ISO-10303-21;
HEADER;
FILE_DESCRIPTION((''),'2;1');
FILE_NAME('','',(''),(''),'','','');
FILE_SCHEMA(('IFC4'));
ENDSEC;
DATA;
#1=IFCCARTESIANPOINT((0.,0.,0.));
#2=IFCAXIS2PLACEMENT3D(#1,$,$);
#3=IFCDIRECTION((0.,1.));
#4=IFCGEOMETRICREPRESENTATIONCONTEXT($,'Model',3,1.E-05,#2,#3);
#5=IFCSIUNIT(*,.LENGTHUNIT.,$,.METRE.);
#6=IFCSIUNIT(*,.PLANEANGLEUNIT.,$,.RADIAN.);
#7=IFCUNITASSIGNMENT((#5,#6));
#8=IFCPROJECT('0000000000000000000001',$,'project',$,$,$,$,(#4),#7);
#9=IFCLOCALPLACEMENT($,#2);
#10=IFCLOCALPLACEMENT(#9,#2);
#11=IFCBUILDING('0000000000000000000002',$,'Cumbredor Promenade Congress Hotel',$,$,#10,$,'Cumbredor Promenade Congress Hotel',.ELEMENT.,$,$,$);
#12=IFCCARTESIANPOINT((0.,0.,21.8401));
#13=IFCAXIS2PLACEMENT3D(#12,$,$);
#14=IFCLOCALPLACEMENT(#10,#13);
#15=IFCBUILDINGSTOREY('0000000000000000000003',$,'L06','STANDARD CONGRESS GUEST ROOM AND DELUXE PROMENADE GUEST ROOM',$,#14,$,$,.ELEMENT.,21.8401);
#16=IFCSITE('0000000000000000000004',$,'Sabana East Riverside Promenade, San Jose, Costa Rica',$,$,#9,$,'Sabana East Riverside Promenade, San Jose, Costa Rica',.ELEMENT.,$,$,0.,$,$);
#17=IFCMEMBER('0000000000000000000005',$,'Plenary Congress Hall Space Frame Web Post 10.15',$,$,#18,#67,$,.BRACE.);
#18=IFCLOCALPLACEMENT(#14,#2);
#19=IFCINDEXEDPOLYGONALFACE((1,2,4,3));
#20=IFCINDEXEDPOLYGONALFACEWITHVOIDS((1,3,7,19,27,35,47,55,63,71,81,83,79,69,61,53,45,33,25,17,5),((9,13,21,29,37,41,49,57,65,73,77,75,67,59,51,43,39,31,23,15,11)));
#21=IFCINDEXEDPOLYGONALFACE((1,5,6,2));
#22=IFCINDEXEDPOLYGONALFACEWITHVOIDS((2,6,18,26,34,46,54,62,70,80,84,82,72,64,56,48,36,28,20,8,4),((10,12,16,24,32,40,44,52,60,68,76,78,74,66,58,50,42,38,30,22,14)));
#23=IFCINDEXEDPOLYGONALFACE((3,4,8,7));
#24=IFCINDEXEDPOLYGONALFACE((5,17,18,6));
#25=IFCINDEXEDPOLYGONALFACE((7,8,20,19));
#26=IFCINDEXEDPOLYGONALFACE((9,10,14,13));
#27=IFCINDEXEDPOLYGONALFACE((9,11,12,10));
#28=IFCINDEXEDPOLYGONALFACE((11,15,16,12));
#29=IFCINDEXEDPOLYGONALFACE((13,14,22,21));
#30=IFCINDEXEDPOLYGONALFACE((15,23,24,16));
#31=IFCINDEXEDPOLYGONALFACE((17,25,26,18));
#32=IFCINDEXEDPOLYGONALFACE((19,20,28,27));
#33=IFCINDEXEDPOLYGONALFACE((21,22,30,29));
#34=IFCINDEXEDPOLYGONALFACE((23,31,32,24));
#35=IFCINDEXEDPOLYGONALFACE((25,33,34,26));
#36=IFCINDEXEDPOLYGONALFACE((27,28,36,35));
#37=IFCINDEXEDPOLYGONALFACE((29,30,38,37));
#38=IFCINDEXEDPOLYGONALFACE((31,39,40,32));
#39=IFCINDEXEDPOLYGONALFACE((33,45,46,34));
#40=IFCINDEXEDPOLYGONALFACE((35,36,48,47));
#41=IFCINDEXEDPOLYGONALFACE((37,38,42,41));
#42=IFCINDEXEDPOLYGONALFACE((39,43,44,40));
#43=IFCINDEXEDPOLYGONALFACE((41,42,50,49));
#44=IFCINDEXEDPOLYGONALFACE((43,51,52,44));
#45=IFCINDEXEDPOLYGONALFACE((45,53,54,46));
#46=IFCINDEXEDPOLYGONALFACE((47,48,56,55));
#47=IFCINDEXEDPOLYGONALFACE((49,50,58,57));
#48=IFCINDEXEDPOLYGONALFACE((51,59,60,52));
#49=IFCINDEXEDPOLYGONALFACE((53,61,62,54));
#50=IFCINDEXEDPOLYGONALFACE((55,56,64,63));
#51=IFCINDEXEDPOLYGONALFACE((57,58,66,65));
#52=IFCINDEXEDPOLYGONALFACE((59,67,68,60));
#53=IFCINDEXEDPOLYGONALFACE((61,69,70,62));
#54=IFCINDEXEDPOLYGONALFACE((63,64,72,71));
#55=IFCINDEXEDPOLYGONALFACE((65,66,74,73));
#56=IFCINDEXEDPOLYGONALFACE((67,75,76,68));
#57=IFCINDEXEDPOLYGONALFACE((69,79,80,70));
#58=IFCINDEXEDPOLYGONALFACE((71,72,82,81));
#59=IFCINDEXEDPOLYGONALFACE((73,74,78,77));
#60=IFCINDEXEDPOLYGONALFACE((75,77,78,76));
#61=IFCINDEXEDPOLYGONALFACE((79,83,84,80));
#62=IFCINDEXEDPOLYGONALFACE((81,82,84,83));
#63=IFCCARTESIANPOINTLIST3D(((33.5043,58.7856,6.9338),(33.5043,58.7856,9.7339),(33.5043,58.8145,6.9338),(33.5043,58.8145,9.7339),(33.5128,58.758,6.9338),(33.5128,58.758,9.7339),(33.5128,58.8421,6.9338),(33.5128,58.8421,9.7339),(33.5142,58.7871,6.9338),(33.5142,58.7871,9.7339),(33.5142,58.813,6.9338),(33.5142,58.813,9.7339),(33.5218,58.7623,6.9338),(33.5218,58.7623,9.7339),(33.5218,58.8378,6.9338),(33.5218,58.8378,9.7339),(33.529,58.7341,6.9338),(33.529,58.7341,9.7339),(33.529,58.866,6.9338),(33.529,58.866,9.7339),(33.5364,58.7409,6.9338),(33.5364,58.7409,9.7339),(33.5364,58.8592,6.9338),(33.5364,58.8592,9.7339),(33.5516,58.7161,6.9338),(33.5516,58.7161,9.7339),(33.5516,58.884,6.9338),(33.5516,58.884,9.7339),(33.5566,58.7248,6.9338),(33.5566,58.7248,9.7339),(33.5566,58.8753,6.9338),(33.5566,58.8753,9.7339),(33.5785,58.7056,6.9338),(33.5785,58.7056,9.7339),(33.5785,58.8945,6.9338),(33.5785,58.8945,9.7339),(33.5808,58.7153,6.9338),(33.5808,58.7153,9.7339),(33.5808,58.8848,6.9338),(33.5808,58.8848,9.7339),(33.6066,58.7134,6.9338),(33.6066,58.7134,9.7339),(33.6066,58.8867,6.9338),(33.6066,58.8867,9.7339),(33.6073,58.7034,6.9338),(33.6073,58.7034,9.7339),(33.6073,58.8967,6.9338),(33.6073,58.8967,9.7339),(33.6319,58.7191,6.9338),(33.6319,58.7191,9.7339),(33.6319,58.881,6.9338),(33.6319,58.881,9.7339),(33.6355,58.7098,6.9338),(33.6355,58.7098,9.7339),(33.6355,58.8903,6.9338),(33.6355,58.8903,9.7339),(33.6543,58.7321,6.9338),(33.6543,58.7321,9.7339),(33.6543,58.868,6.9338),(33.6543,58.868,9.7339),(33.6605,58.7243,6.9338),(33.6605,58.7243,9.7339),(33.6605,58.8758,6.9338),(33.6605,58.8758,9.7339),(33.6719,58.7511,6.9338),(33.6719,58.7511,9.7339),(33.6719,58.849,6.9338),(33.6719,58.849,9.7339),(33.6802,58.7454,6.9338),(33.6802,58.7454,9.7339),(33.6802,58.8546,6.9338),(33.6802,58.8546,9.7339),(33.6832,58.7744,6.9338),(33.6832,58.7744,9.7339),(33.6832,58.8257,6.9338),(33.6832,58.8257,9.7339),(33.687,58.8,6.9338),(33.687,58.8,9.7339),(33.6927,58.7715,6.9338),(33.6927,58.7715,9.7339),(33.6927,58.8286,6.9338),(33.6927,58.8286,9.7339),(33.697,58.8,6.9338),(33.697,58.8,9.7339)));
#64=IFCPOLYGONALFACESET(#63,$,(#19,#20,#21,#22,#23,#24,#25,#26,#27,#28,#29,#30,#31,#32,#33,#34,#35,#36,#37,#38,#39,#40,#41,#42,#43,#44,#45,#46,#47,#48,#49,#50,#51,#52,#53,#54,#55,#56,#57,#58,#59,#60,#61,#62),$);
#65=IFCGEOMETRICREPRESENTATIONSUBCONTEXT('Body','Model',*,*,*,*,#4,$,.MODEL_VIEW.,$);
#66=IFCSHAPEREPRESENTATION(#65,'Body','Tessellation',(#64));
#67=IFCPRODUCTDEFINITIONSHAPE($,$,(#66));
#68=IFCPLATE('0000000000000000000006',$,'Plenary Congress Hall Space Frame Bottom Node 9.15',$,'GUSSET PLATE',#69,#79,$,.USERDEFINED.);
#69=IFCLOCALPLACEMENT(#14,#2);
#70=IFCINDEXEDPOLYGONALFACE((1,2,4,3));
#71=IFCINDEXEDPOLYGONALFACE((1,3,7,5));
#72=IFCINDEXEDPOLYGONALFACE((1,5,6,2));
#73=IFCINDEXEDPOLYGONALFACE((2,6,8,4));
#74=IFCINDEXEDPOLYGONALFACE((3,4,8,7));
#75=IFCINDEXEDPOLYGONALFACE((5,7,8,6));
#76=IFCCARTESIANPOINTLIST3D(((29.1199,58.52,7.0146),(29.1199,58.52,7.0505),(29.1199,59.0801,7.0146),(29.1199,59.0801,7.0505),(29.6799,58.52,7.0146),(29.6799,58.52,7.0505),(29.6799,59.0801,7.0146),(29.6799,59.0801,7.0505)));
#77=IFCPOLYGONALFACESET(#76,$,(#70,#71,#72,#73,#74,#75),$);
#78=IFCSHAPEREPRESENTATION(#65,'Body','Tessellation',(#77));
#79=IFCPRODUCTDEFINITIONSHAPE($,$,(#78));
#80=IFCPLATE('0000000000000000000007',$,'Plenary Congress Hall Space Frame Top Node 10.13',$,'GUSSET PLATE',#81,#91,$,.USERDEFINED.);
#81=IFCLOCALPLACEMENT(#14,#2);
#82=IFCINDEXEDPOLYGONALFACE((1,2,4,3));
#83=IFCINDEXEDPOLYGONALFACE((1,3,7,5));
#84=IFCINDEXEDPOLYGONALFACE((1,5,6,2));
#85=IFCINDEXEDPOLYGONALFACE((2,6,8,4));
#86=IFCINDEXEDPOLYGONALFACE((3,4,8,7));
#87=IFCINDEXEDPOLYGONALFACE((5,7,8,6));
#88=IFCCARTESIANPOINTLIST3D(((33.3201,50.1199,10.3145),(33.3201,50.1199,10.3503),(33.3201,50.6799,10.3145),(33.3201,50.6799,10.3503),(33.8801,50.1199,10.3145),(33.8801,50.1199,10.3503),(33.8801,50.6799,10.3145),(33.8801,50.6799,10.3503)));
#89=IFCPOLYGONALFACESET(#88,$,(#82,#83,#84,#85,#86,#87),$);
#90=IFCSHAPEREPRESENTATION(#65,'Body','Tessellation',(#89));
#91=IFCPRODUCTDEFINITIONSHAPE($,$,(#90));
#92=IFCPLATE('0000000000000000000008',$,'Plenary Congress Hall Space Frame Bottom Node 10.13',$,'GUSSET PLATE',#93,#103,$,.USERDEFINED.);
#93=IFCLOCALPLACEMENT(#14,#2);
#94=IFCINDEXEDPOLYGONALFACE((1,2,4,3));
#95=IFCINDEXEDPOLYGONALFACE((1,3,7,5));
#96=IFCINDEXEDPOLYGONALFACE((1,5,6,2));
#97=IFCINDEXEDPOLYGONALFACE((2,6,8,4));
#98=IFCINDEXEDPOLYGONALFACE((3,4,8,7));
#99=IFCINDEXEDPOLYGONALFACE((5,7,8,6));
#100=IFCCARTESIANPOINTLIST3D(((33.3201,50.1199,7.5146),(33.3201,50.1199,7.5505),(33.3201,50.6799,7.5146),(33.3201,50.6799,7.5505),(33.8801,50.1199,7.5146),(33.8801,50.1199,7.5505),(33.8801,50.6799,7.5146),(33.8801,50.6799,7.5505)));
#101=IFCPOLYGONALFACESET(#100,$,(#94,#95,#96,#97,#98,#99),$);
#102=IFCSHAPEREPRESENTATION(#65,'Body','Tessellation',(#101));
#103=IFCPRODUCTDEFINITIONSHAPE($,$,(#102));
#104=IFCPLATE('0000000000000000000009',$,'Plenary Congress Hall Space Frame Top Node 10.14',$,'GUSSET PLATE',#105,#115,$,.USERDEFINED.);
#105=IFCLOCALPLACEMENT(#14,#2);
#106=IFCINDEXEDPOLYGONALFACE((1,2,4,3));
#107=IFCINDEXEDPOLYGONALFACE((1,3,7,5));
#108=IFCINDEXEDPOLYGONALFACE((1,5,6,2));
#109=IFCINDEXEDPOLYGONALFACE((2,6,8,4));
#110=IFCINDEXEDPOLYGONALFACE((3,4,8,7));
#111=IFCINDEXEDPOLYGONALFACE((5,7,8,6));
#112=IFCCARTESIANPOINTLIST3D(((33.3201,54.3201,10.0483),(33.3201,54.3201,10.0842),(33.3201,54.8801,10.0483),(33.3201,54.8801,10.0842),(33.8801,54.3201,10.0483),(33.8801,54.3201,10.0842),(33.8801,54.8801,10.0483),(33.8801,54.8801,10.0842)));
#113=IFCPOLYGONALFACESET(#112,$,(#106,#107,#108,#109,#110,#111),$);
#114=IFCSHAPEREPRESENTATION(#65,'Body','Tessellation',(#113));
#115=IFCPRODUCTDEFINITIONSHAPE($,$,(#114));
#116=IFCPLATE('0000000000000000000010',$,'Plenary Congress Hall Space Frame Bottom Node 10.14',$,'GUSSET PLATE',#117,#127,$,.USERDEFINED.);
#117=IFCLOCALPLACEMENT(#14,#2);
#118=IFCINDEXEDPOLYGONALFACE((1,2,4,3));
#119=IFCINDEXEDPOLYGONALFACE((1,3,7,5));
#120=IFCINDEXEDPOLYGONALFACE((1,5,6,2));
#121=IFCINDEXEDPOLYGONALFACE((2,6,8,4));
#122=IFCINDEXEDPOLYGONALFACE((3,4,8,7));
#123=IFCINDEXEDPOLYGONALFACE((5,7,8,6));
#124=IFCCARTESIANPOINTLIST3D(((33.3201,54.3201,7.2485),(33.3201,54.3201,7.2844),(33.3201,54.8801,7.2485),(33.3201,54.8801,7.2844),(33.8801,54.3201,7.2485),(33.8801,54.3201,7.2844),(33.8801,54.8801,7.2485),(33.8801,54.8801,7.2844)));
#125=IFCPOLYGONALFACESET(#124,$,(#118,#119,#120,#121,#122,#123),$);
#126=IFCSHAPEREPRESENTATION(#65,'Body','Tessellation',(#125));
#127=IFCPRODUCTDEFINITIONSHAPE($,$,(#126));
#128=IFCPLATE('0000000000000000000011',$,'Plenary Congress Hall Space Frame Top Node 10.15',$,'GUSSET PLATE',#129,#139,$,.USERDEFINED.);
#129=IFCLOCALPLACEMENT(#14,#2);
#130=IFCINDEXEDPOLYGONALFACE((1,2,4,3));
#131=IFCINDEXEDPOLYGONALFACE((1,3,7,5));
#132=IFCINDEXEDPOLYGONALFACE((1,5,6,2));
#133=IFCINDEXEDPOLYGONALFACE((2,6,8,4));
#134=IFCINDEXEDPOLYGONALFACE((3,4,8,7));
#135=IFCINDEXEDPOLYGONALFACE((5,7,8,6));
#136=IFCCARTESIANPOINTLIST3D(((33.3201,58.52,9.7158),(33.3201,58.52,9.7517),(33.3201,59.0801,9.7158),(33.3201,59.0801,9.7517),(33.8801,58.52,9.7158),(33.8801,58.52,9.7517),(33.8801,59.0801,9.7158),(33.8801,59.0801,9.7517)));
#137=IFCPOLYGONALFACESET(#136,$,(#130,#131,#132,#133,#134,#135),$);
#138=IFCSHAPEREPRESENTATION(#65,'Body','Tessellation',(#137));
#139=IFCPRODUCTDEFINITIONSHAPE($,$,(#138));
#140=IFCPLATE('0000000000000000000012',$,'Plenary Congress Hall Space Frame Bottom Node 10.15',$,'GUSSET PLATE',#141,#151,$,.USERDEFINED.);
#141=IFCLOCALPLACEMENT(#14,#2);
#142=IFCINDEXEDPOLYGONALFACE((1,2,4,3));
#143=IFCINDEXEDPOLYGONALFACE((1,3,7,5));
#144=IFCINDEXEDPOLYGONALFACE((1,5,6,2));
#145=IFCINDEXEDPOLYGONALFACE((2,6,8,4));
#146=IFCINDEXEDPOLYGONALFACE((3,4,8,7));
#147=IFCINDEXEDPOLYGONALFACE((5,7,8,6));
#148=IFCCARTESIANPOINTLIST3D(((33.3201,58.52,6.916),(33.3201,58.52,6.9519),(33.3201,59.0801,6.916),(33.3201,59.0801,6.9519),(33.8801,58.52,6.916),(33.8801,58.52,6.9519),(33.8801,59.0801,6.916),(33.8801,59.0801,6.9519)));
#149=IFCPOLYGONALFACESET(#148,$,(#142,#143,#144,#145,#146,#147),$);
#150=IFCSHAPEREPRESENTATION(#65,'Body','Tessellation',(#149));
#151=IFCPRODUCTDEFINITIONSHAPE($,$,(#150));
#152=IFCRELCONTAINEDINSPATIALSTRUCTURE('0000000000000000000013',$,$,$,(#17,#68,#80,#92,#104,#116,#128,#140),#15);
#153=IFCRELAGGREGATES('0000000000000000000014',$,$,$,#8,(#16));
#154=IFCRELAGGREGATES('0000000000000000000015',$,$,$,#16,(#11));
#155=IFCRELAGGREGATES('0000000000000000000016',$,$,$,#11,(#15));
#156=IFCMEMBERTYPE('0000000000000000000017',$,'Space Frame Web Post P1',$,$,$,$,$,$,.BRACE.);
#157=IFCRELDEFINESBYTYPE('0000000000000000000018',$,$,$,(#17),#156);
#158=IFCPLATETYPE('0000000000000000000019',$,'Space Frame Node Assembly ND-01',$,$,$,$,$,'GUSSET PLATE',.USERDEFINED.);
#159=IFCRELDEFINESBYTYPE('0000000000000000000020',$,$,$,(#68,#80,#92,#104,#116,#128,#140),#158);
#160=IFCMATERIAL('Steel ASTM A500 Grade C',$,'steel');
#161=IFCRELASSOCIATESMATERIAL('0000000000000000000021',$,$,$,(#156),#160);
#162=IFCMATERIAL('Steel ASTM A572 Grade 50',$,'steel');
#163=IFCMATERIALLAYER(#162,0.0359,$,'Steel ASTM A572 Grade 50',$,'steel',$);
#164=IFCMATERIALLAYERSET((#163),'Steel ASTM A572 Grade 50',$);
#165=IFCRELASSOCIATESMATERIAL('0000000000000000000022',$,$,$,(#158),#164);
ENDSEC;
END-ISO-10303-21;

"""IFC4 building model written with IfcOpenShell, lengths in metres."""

from ifc_helpers import new_model, si_unit, direction, frame, origin, origin_2d, place, context, subcontext, project, spatial, rectangle, hollow_circle, extrude, material, layer, layer_set, material_profile, profile_set, type_object, element, save


model = new_model("IFC4")

# Units and contexts
model_context = context("Model", 3, precision=1e-05, world=origin(), true_north=direction((0.0, 1.0)))
body_context = subcontext(model_context, "Body", "Model", "MODEL_VIEW")
ifc_project = project(units=[si_unit("LENGTHUNIT", "METRE"), si_unit("PLANEANGLEUNIT", "RADIAN")], contexts=[model_context])

# Site, building, storey
site_placement = place(None, origin())
site = spatial("IfcSite", under=ifc_project, at=site_placement, Name="Sabana East Riverside Promenade, San Jose, Costa Rica", LongName="Sabana East Riverside Promenade, San Jose, Costa Rica", CompositionType="ELEMENT", RefElevation=0.0)
building_placement = place(site_placement, origin())
building = spatial("IfcBuilding", under=site, at=building_placement, Name="Cumbredor Promenade Congress Hotel", LongName="Cumbredor Promenade Congress Hotel", CompositionType="ELEMENT")
storey_placement = place(building_placement, frame((0.0, 0.0, 21.8401)))
storey = spatial("IfcBuildingStorey", under=building, at=storey_placement, Name="L06", Description="STANDARD CONGRESS GUEST ROOM AND DELUXE PROMENADE GUEST ROOM", CompositionType="ELEMENT", Elevation=21.8401)

# Member
ifc_material_1 = material(Name="Steel ASTM A500 Grade C", Category="steel")
ifc_material_profile_1 = material_profile(ifc_material_1, hollow_circle(Radius=0.0969, WallThickness=0.01, at=origin_2d()), Name="CHS 193.7x10")
ifc_profile_set_1 = profile_set([ifc_material_profile_1], Name="Steel ASTM A500 Grade C")
member_type_1 = type_object("IfcMemberType", Name="Space Frame Web Post P1", PredefinedType="BRACE", material=ifc_profile_set_1)
for number, where, z_axis, x_axis, name in (
    (1, (33.6001, 58.8, 6.9338), (0.0, 0.0, 1.0), (1.0, 0.0, 0.0), "Plenary Congress Hall Space Frame Web Post 10.15"),
):
    element("IfcMember", number, at=place(storey_placement, frame(where, z_axis=z_axis, x_axis=x_axis)), inside=storey, type_object=member_type_1, Name=name, PredefinedType="BRACE", context=body_context, shape_type="SweptSolid", body=[
        extrude(hollow_circle(Radius=0.0969, WallThickness=0.01, at=origin_2d()), origin(), (0.0, 0.0, 1.0), 2.8),
    ])

# Plates
ifc_material_2 = material(Name="Steel ASTM A572 Grade 50", Category="steel")
ifc_layer = layer(ifc_material_2, 0.0359, Name="Steel ASTM A572 Grade 50", Category="steel")
ifc_layer_set = layer_set([ifc_layer], Name="Steel ASTM A572 Grade 50")
plate_type = type_object("IfcPlateType", Name="Space Frame Node Assembly ND-01", ElementType="GUSSET PLATE", PredefinedType="USERDEFINED", material=ifc_layer_set)
for number, where, z_axis, x_axis, name in (
    (2, (29.3999, 58.8, 7.0146), (0.0, 0.0, 1.0), (1.0, 0.0, 0.0), "Plenary Congress Hall Space Frame Bottom Node 9.15"),
    (3, (33.6001, 50.3999, 10.3145), (0.0, 0.0, 1.0), (1.0, 0.0, 0.0), "Plenary Congress Hall Space Frame Top Node 10.13"),
    (4, (33.6001, 50.3999, 7.5146), (0.0, 0.0, 1.0), (1.0, 0.0, 0.0), "Plenary Congress Hall Space Frame Bottom Node 10.13"),
    (5, (33.6001, 54.6001, 10.0483), (0.0, 0.0, 1.0), (1.0, 0.0, 0.0), "Plenary Congress Hall Space Frame Top Node 10.14"),
    (6, (33.6001, 54.6001, 7.2485), (0.0, 0.0, 1.0), (1.0, 0.0, 0.0), "Plenary Congress Hall Space Frame Bottom Node 10.14"),
    (7, (33.6001, 58.8, 9.7158), (0.0, 0.0, 1.0), (1.0, 0.0, 0.0), "Plenary Congress Hall Space Frame Top Node 10.15"),
    (8, (33.6001, 58.8, 6.916), (0.0, 0.0, 1.0), (1.0, 0.0, 0.0), "Plenary Congress Hall Space Frame Bottom Node 10.15"),
):
    element("IfcPlate", number, at=place(storey_placement, frame(where, z_axis=z_axis, x_axis=x_axis)), inside=storey, type_object=plate_type, Name=name, ObjectType="GUSSET PLATE", PredefinedType="USERDEFINED", context=body_context, shape_type="SweptSolid", body=[
        extrude(rectangle(XDim=0.5601, YDim=0.5601, at=origin_2d()), origin(), (0.0, 0.0, 1.0), 0.0359),
    ])

save(model, "model.ifc")
